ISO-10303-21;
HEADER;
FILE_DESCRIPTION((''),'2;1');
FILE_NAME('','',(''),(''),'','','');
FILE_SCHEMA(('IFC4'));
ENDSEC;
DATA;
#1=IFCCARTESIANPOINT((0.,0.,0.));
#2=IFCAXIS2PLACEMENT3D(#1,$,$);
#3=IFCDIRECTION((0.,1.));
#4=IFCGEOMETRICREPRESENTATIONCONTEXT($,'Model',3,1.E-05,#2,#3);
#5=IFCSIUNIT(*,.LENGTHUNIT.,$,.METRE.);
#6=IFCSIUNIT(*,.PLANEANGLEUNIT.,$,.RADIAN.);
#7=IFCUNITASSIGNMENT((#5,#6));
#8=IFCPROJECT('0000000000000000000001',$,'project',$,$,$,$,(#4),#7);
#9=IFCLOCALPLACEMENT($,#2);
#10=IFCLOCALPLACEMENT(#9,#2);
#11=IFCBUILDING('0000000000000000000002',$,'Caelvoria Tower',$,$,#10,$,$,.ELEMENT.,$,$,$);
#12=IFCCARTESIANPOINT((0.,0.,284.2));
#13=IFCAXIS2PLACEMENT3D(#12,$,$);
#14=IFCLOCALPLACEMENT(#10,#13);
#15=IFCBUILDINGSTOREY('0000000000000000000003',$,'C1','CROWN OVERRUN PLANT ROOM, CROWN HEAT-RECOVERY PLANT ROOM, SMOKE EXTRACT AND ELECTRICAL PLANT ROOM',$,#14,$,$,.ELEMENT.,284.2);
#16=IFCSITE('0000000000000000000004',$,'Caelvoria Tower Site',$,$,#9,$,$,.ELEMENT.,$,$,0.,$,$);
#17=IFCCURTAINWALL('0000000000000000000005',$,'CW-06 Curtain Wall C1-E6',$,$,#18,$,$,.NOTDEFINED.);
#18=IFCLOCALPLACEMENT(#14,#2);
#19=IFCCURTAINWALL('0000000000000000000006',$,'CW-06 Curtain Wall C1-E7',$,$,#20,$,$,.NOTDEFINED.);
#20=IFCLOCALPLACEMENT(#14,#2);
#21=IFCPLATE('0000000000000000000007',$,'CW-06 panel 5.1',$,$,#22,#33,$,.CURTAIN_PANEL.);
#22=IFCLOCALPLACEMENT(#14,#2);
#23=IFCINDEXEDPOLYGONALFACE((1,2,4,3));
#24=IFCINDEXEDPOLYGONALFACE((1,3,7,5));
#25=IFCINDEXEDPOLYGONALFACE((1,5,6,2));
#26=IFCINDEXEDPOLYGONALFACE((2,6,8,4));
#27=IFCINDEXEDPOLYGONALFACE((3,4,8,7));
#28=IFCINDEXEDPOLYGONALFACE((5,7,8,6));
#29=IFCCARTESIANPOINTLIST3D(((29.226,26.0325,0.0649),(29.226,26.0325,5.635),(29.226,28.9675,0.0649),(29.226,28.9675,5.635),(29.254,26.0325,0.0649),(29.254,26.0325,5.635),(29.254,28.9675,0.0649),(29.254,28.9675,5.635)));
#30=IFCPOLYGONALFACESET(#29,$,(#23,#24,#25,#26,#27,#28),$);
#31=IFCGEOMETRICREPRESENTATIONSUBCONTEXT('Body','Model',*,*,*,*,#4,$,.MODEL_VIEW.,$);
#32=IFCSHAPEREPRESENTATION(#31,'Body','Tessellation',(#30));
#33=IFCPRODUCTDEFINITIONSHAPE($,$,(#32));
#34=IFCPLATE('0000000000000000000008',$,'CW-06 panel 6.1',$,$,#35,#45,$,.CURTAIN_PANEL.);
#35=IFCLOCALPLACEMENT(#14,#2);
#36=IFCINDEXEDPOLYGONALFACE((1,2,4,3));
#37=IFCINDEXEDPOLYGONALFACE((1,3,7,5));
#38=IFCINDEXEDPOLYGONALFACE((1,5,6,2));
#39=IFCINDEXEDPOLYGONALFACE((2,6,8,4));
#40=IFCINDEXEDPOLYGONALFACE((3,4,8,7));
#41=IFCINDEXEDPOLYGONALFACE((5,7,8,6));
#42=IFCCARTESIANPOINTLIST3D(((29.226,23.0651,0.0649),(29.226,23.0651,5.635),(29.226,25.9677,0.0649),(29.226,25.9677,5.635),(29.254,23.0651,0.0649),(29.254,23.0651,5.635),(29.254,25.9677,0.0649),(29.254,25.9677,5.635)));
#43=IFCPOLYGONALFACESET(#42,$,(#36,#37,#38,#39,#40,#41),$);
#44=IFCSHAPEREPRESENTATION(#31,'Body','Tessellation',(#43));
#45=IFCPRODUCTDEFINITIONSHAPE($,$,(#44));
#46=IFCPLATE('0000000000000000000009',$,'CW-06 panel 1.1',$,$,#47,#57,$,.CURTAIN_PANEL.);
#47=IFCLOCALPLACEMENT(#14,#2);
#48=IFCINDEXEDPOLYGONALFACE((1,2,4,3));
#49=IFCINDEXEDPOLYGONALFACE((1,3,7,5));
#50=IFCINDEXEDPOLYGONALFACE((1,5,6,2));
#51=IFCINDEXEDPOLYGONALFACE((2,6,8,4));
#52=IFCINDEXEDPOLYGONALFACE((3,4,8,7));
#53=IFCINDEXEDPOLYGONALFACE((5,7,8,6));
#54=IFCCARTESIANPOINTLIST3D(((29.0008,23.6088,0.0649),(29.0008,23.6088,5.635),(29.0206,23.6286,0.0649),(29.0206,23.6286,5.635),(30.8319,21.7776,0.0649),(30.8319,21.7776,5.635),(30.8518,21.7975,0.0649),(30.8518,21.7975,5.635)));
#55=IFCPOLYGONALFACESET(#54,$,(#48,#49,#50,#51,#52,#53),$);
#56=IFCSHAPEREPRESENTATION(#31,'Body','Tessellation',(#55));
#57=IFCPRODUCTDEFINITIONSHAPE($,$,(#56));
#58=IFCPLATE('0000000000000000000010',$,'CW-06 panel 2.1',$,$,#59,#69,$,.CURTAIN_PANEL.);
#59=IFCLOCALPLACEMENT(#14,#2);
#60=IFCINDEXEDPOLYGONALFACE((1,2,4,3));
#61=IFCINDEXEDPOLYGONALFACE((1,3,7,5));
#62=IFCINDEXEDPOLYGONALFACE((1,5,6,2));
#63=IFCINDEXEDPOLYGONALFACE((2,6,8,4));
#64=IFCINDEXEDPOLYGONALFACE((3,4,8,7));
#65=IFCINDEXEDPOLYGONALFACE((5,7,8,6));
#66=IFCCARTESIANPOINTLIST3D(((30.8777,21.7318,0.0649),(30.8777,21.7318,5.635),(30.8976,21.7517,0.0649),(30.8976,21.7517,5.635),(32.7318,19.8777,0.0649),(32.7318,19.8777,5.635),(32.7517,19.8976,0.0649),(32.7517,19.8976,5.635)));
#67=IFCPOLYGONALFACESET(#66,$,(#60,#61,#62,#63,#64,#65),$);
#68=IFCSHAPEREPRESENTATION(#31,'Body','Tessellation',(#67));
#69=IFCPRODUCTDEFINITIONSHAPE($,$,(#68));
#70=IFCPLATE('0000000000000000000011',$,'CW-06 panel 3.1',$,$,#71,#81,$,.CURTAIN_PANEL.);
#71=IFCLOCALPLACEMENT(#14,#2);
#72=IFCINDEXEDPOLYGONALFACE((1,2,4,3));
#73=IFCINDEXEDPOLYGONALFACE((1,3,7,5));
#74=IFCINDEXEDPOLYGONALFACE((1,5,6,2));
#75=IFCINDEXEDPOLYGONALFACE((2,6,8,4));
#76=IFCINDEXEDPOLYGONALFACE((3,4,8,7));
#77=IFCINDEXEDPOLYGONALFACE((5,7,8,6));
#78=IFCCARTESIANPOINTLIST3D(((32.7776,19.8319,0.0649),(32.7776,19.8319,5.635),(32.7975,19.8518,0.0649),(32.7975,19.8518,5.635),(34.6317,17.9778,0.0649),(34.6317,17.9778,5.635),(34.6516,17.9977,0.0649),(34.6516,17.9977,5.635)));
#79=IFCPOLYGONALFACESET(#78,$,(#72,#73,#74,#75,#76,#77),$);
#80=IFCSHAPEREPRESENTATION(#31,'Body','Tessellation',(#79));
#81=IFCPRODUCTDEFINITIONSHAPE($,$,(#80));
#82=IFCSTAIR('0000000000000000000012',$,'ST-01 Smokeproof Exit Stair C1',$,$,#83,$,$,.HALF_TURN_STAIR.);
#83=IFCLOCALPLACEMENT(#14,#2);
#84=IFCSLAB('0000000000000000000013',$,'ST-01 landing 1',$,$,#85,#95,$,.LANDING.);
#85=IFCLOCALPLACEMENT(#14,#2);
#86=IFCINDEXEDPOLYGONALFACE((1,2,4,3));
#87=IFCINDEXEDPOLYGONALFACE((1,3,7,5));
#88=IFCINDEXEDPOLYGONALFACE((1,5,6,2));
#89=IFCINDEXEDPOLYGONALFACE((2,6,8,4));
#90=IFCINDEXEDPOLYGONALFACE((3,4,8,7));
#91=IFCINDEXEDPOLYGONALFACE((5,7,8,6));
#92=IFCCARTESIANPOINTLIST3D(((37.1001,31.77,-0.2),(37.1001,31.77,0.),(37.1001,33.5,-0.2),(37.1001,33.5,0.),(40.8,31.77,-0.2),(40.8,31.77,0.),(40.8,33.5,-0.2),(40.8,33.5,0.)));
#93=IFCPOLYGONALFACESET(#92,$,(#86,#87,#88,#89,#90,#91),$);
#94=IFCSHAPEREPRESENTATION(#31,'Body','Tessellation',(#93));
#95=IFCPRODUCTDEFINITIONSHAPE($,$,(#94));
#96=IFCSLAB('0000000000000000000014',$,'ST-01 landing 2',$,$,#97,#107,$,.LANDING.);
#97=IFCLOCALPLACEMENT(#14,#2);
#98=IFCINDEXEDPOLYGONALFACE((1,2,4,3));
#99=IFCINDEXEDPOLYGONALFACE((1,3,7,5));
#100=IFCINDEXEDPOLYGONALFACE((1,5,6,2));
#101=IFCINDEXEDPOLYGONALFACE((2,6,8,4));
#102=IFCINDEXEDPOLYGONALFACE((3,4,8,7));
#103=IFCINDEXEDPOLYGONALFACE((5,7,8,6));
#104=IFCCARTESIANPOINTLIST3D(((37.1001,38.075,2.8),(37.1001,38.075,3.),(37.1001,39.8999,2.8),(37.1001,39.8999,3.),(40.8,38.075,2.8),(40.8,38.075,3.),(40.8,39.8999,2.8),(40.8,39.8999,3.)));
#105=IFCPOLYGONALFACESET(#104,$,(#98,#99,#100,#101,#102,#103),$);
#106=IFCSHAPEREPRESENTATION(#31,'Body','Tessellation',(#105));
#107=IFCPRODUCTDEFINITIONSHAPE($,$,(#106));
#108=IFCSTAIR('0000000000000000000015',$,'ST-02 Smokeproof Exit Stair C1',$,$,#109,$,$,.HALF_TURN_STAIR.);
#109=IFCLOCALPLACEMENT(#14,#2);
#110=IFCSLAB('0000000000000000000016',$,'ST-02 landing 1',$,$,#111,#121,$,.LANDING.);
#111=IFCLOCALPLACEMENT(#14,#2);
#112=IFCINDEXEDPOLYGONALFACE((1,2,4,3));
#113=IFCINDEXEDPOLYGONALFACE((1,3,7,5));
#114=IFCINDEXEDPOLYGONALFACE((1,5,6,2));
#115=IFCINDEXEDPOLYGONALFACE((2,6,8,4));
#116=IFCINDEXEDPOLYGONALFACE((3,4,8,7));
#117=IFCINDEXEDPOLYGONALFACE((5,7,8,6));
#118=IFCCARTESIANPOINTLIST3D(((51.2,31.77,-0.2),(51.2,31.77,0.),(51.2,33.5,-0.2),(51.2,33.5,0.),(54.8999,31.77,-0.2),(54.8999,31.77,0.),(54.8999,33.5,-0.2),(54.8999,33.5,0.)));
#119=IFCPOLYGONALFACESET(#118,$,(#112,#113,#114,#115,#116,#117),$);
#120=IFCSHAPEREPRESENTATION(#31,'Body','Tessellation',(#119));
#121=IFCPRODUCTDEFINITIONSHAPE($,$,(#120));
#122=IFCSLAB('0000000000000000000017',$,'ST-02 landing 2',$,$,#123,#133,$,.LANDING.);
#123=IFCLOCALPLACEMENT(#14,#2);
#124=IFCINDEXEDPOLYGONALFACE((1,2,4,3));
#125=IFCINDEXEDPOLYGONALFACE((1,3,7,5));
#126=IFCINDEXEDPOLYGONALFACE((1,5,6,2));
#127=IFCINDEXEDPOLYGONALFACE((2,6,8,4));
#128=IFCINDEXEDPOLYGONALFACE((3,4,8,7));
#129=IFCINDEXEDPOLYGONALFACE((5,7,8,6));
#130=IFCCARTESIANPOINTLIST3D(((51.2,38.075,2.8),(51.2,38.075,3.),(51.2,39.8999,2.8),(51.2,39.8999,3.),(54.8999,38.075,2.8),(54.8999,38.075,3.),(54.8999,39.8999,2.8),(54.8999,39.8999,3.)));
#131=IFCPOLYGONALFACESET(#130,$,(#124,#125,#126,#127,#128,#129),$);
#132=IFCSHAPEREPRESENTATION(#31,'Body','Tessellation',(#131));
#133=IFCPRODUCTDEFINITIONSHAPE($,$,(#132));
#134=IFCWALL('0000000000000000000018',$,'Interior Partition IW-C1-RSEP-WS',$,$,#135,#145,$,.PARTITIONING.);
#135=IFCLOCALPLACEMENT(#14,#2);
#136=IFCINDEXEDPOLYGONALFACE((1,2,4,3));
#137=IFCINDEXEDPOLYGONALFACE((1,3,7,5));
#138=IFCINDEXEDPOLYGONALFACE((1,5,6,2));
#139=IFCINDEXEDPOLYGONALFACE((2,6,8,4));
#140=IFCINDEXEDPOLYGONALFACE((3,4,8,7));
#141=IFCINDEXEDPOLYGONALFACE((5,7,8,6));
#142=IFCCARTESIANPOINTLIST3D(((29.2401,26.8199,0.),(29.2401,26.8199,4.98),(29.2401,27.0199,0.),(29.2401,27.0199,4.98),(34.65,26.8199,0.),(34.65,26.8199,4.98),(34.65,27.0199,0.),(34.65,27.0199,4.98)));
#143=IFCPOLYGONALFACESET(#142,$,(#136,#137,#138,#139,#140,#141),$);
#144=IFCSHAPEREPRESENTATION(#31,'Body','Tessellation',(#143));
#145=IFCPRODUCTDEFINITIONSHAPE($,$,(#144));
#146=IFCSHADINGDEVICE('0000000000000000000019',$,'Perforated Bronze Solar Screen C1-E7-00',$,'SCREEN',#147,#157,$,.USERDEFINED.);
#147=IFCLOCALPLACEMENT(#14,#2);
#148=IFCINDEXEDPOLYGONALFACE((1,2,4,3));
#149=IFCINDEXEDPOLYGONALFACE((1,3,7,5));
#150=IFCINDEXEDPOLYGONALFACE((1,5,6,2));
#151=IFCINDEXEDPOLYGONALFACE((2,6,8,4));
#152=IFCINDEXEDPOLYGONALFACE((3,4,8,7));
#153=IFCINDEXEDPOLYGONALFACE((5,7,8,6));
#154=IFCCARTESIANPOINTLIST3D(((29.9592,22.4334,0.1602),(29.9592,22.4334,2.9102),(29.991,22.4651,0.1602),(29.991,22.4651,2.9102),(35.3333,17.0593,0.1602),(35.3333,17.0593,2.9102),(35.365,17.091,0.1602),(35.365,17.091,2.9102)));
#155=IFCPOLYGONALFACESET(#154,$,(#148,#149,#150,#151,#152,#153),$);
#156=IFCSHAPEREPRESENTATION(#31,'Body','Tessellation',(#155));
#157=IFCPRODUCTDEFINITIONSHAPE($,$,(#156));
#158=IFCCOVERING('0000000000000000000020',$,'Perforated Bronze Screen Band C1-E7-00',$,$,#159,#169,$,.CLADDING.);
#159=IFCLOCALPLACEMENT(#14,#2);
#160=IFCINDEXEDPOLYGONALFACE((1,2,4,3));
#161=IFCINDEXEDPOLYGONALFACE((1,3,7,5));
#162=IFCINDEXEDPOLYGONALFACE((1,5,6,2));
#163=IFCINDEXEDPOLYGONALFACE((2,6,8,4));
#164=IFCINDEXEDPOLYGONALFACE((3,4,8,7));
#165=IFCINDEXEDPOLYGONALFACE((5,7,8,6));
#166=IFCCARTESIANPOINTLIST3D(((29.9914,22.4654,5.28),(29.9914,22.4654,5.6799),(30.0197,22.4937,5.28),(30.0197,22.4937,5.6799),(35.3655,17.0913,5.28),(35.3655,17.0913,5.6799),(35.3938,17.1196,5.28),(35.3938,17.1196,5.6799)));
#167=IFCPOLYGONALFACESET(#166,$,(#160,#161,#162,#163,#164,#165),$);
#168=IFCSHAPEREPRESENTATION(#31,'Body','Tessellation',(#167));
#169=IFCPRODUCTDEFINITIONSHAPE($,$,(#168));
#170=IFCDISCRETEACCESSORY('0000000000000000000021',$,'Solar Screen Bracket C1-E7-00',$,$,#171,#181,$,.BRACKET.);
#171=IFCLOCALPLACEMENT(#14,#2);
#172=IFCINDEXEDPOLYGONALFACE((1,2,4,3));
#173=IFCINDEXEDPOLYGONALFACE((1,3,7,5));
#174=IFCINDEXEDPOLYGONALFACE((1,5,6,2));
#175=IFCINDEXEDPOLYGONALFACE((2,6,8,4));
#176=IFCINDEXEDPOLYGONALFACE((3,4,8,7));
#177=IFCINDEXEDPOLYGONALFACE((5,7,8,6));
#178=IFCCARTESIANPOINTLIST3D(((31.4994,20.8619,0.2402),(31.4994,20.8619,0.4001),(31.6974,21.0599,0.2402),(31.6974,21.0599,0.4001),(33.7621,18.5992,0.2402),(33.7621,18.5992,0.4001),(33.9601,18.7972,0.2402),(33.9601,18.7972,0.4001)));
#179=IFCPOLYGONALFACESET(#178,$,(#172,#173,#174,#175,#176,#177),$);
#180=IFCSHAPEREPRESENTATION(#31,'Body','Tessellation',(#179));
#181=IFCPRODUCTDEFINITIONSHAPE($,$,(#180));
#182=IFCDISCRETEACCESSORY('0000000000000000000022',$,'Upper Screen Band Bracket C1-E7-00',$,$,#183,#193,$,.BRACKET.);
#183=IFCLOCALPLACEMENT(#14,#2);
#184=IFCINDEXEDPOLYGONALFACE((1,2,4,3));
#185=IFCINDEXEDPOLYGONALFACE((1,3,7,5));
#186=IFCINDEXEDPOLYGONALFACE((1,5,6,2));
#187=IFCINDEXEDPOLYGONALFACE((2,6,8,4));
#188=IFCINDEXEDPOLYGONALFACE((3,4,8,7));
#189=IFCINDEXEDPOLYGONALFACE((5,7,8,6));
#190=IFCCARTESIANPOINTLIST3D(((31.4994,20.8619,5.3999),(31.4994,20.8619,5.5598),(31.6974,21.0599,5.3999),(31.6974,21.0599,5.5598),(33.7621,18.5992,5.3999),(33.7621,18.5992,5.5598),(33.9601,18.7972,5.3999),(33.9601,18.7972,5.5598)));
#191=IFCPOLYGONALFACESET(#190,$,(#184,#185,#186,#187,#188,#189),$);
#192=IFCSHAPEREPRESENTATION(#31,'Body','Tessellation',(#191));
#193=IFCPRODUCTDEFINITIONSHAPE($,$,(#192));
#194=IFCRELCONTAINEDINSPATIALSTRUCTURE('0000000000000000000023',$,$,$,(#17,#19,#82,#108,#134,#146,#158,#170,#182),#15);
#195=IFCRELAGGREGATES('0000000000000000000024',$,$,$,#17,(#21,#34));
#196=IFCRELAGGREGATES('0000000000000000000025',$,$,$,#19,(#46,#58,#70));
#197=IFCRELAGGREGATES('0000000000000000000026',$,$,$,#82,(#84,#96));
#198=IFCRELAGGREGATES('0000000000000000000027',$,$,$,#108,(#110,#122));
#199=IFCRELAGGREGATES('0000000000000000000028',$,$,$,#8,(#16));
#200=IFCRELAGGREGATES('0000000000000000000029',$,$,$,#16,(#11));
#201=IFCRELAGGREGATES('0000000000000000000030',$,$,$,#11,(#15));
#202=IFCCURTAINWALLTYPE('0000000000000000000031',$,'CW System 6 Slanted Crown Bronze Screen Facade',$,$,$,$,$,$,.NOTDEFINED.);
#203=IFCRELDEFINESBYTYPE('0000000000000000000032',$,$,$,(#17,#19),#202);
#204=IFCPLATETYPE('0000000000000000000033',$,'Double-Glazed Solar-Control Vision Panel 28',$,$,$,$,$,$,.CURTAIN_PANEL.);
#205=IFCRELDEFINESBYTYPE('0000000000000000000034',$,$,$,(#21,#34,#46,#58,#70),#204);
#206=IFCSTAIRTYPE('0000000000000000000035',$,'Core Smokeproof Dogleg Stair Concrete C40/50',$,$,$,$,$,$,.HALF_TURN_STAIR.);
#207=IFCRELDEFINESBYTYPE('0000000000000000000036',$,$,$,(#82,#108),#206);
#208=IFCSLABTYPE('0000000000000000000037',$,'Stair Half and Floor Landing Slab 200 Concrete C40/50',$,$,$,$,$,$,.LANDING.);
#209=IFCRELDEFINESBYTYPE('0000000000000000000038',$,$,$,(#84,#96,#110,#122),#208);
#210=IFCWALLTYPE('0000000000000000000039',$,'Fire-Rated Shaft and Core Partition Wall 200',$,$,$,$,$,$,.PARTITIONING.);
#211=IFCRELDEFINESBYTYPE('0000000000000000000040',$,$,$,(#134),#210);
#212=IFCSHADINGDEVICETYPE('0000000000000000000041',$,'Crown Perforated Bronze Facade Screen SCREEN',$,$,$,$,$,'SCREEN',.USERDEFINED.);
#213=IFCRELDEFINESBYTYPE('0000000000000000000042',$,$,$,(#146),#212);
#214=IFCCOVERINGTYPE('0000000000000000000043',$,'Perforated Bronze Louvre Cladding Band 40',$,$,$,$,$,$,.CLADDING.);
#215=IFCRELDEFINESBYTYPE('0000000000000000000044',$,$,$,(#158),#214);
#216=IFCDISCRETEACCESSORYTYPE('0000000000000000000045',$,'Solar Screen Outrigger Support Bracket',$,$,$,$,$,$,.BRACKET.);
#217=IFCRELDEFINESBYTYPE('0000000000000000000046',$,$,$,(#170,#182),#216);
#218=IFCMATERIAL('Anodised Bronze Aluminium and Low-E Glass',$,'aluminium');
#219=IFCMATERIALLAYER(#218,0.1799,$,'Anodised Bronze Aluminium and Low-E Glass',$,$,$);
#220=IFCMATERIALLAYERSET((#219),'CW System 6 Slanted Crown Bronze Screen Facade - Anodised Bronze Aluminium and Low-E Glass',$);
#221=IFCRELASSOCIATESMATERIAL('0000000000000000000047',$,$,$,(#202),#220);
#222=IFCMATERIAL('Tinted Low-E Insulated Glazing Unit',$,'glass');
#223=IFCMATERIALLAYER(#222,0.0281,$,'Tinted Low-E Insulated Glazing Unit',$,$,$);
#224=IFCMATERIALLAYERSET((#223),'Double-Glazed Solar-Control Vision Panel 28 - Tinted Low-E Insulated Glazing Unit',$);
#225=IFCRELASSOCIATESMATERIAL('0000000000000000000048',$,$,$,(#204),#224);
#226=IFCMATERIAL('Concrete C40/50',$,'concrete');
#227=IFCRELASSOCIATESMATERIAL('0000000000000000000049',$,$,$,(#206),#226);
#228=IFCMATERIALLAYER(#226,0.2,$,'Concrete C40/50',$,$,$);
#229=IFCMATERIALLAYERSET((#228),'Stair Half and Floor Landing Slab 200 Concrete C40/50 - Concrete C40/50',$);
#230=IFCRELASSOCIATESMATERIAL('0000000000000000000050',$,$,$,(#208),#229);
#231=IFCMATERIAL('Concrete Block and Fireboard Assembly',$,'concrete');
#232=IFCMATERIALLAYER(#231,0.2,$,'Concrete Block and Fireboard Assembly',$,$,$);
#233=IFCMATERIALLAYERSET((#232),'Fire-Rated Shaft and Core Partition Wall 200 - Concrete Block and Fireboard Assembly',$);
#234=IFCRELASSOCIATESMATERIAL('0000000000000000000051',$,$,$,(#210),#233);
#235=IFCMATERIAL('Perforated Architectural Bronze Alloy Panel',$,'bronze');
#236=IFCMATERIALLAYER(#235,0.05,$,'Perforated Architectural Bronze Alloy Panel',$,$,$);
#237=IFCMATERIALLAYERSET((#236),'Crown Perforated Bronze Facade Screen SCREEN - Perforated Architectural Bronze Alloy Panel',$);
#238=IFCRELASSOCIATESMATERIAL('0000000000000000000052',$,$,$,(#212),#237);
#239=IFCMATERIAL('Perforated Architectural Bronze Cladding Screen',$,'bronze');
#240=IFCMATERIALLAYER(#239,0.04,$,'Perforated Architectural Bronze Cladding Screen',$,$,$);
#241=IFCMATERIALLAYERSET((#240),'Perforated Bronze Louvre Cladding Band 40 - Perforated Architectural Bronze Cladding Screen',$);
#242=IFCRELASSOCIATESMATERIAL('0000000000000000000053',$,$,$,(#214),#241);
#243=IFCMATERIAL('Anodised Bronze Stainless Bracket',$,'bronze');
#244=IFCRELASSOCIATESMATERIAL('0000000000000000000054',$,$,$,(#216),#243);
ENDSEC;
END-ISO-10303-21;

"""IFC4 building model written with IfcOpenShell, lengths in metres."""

from ifc_helpers import new_model, si_unit, direction, frame, frame_2d, origin, origin_2d, place, context, subcontext, project, spatial, polyline, rectangle, outline, extrude, material, layer, layer_set, type_object, element, aggregate, save


model = new_model("IFC4")

# Units and contexts
model_context = context("Model", 3, precision=1e-05, world=origin(), true_north=direction((0.0, 1.0)))
body_context = subcontext(model_context, "Body", "Model", "MODEL_VIEW")
ifc_project = project(units=[si_unit("LENGTHUNIT", "METRE"), si_unit("PLANEANGLEUNIT", "RADIAN")], contexts=[model_context])

# Site, building, storey
site_placement = place(None, origin())
site = spatial("IfcSite", under=ifc_project, at=site_placement, Name="Caelvoria Tower Site", CompositionType="ELEMENT", RefElevation=0.0)
building_placement = place(site_placement, origin())
building = spatial("IfcBuilding", under=site, at=building_placement, Name="Caelvoria Tower", CompositionType="ELEMENT")
storey_placement = place(building_placement, frame((0.0, 0.0, 284.2)))
storey = spatial("IfcBuildingStorey", under=building, at=storey_placement, Name="C1", Description="CROWN OVERRUN PLANT ROOM, CROWN HEAT-RECOVERY PLANT ROOM, SMOKE EXTRACT AND ELECTRICAL PLANT ROOM", CompositionType="ELEMENT", Elevation=284.2)

# Curtain walls
ifc_material_1 = material(Name="Anodised Bronze Aluminium and Low-E Glass", Category="aluminium")
ifc_layer_1 = layer(ifc_material_1, 0.1799, Name="Anodised Bronze Aluminium and Low-E Glass")
ifc_layer_set_1 = layer_set([ifc_layer_1], Name="CW System 6 Slanted Crown Bronze Screen Facade - Anodised Bronze Aluminium and Low-E Glass")
curtain_wall_type = type_object("IfcCurtainWallType", Name="CW System 6 Slanted Crown Bronze Screen Facade", PredefinedType="NOTDEFINED", material=ifc_layer_set_1)
curtain_wall_1_placement = place(storey_placement, origin())
curtain_wall_1 = element("IfcCurtainWall", 1, at=curtain_wall_1_placement, inside=storey, type_object=curtain_wall_type, Name="CW-06 Curtain Wall C1-E6", PredefinedType="NOTDEFINED")
curtain_wall_2_placement = place(storey_placement, origin())
curtain_wall_2 = element("IfcCurtainWall", 2, at=curtain_wall_2_placement, inside=storey, type_object=curtain_wall_type, Name="CW-06 Curtain Wall C1-E7", PredefinedType="NOTDEFINED")

# Shared definitions
ifc_material_2 = material(Name="Concrete C40/50", Category="concrete")

# Plates
ifc_material_3 = material(Name="Tinted Low-E Insulated Glazing Unit", Category="glass")
ifc_layer_2 = layer(ifc_material_3, 0.0281, Name="Tinted Low-E Insulated Glazing Unit")
ifc_layer_set_2 = layer_set([ifc_layer_2], Name="Double-Glazed Solar-Control Vision Panel 28 - Tinted Low-E Insulated Glazing Unit")
plate_type = type_object("IfcPlateType", Name="Double-Glazed Solar-Control Vision Panel 28", PredefinedType="CURTAIN_PANEL", material=ifc_layer_set_2)
plate_1_placement = place(storey_placement, frame((29.24, 27.5, 0.0649), z_axis=(0.0, 0.0, 1.0), x_axis=(0.0, -1.0, 0.0)))
plate_1 = element("IfcPlate", 3, at=plate_1_placement, type_object=plate_type, Name="CW-06 panel 5.1", PredefinedType="CURTAIN_PANEL", context=body_context, shape_type="SweptSolid", body=[
    extrude(rectangle(XDim=2.9351, YDim=0.0281, at=origin_2d()), origin(), (0.0, 0.0, 1.0), 5.5701),
])
plate_2_placement = place(storey_placement, frame((29.24, 24.5164, 0.0649), z_axis=(0.0, 0.0, 1.0), x_axis=(0.0, -1.0, 0.0)))
plate_2 = element("IfcPlate", 4, at=plate_2_placement, type_object=plate_type, Name="CW-06 panel 6.1", PredefinedType="CURTAIN_PANEL", context=body_context, shape_type="SweptSolid", body=[
    extrude(rectangle(XDim=2.9026, YDim=0.0281, at=origin_2d()), origin(), (0.0, 0.0, 1.0), 5.5701),
])
aggregate(curtain_wall_1, [plate_1, plate_2])
plate_3_placement = place(storey_placement, frame((29.9263, 22.7031, 0.0649), z_axis=(0.0, 0.0, 1.0), x_axis=(0.707107, -0.707107, 0.0)))
plate_3 = element("IfcPlate", 5, at=plate_3_placement, type_object=plate_type, Name="CW-06 panel 1.1", PredefinedType="CURTAIN_PANEL", context=body_context, shape_type="SweptSolid", body=[
    extrude(rectangle(XDim=2.5896, YDim=0.0281, at=origin_2d()), origin(), (0.0, 0.0, 1.0), 5.5701),
])
plate_4_placement = place(storey_placement, frame((31.8147, 20.8147, 0.0649), z_axis=(0.0, 0.0, 1.0), x_axis=(0.707107, -0.707107, 0.0)))
plate_4 = element("IfcPlate", 6, at=plate_4_placement, type_object=plate_type, Name="CW-06 panel 2.1", PredefinedType="CURTAIN_PANEL", context=body_context, shape_type="SweptSolid", body=[
    extrude(rectangle(XDim=2.6221, YDim=0.0281, at=origin_2d()), origin(), (0.0, 0.0, 1.0), 5.5701),
])
plate_5_placement = place(storey_placement, frame((33.7146, 18.9148, 0.0649), z_axis=(0.0, 0.0, 1.0), x_axis=(0.707107, -0.707107, 0.0)))
plate_5 = element("IfcPlate", 7, at=plate_5_placement, type_object=plate_type, Name="CW-06 panel 3.1", PredefinedType="CURTAIN_PANEL", context=body_context, shape_type="SweptSolid", body=[
    extrude(rectangle(XDim=2.6221, YDim=0.0281, at=origin_2d()), origin(), (0.0, 0.0, 1.0), 5.5701),
])
aggregate(curtain_wall_2, [plate_3, plate_4, plate_5])

# Stairs, slabs
stair_type = type_object("IfcStairType", Name="Core Smokeproof Dogleg Stair Concrete C40/50", PredefinedType="HALF_TURN_STAIR", material=ifc_material_2)
stair_1_placement = place(storey_placement, origin())
stair_1 = element("IfcStair", 8, at=stair_1_placement, inside=storey, type_object=stair_type, Name="ST-01 Smokeproof Exit Stair C1", PredefinedType="HALF_TURN_STAIR")
ifc_layer_3 = layer(ifc_material_2, 0.2, Name="Concrete C40/50")
ifc_layer_set_3 = layer_set([ifc_layer_3], Name="Stair Half and Floor Landing Slab 200 Concrete C40/50 - Concrete C40/50")
slab_type_1 = type_object("IfcSlabType", Name="Stair Half and Floor Landing Slab 200 Concrete C40/50", PredefinedType="LANDING", material=ifc_layer_set_3)
slab_1_placement = place(storey_placement, frame((0.0, 0.0, -0.2)))
slab_1 = element("IfcSlab", 9, at=slab_1_placement, type_object=slab_type_1, Name="ST-01 landing 1", PredefinedType="LANDING", context=body_context, shape_type="SweptSolid", body=[
    extrude(outline(polyline([(37.1001, 31.77), (40.8, 31.77), (40.8, 33.5), (37.1001, 33.5), (37.1001, 31.77)])), origin(), (0.0, 0.0, 1.0), 0.2),
])
slab_2_placement = place(storey_placement, frame((0.0, 0.0, 2.8)))
slab_2 = element("IfcSlab", 10, at=slab_2_placement, type_object=slab_type_1, Name="ST-01 landing 2", PredefinedType="LANDING", context=body_context, shape_type="SweptSolid", body=[
    extrude(outline(polyline([(37.1001, 38.075), (40.8, 38.075), (40.8, 39.8999), (37.1001, 39.8999), (37.1001, 38.075)])), origin(), (0.0, 0.0, 1.0), 0.2),
])
aggregate(stair_1, [slab_1, slab_2])
stair_2_placement = place(storey_placement, origin())
stair_2 = element("IfcStair", 11, at=stair_2_placement, inside=storey, type_object=stair_type, Name="ST-02 Smokeproof Exit Stair C1", PredefinedType="HALF_TURN_STAIR")
slab_3_placement = place(storey_placement, frame((0.0, 0.0, -0.2)))
slab_3 = element("IfcSlab", 12, at=slab_3_placement, type_object=slab_type_1, Name="ST-02 landing 1", PredefinedType="LANDING", context=body_context, shape_type="SweptSolid", body=[
    extrude(outline(polyline([(51.2, 31.77), (54.8999, 31.77), (54.8999, 33.5), (51.2, 33.5), (51.2, 31.77)])), origin(), (0.0, 0.0, 1.0), 0.2),
])
slab_4_placement = place(storey_placement, frame((0.0, 0.0, 2.8)))
slab_4 = element("IfcSlab", 13, at=slab_4_placement, type_object=slab_type_1, Name="ST-02 landing 2", PredefinedType="LANDING", context=body_context, shape_type="SweptSolid", body=[
    extrude(outline(polyline([(51.2, 38.075), (54.8999, 38.075), (54.8999, 39.8999), (51.2, 39.8999), (51.2, 38.075)])), origin(), (0.0, 0.0, 1.0), 0.2),
])
aggregate(stair_2, [slab_3, slab_4])

# Wall
ifc_material_4 = material(Name="Concrete Block and Fireboard Assembly", Category="concrete")
ifc_layer_4 = layer(ifc_material_4, 0.2, Name="Concrete Block and Fireboard Assembly")
ifc_layer_set_4 = layer_set([ifc_layer_4], Name="Fire-Rated Shaft and Core Partition Wall 200 - Concrete Block and Fireboard Assembly")
wall_type = type_object("IfcWallType", Name="Fire-Rated Shaft and Core Partition Wall 200", PredefinedType="PARTITIONING", material=ifc_layer_set_4)
wall_placement = place(storey_placement, frame((29.24, 26.9199, 0.0), z_axis=(0.0, 0.0, 1.0), x_axis=(1.0, 0.0, 0.0)))
element("IfcWall", 14, at=wall_placement, inside=storey, type_object=wall_type, Name="Interior Partition IW-C1-RSEP-WS", PredefinedType="PARTITIONING", context=body_context, shape_type="SweptSolid", body=[
    extrude(rectangle(XDim=5.4099, YDim=0.2, at=frame_2d((2.7051, 0.0))), origin(), (0.0, 0.0, 1.0), 4.98),
])

# Shading device
ifc_material_5 = material(Name="Perforated Architectural Bronze Alloy Panel", Category="bronze")
ifc_layer_5 = layer(ifc_material_5, 0.05, Name="Perforated Architectural Bronze Alloy Panel")
ifc_layer_set_5 = layer_set([ifc_layer_5], Name="Crown Perforated Bronze Facade Screen SCREEN - Perforated Architectural Bronze Alloy Panel")
shading_device_type = type_object("IfcShadingDeviceType", Name="Crown Perforated Bronze Facade Screen SCREEN", ElementType="SCREEN", PredefinedType="USERDEFINED", material=ifc_layer_set_5)
shading_device_placement = place(storey_placement, frame((32.6621, 19.7622, 0.1602), z_axis=(0.0, 0.0, 1.0), x_axis=(0.707107, -0.707107, 0.0)))
element("IfcShadingDevice", 15, at=shading_device_placement, inside=storey, type_object=shading_device_type, Name="Perforated Bronze Solar Screen C1-E7-00", ObjectType="SCREEN", PredefinedType="USERDEFINED", context=body_context, shape_type="SweptSolid", body=[
    extrude(rectangle(XDim=7.6001, YDim=0.0449, at=origin_2d()), origin(), (0.0, 0.0, 1.0), 2.75),
])

# Covering
ifc_material_6 = material(Name="Perforated Architectural Bronze Cladding Screen", Category="bronze")
ifc_layer_6 = layer(ifc_material_6, 0.04, Name="Perforated Architectural Bronze Cladding Screen")
ifc_layer_set_6 = layer_set([ifc_layer_6], Name="Perforated Bronze Louvre Cladding Band 40 - Perforated Architectural Bronze Cladding Screen")
covering_type = type_object("IfcCoveringType", Name="Perforated Bronze Louvre Cladding Band 40", PredefinedType="CLADDING", material=ifc_layer_set_6)
covering_placement = place(storey_placement, frame((32.6926, 19.7925, 5.28), z_axis=(0.0, 0.0, 1.0), x_axis=(0.707107, -0.707107, 0.0)))
element("IfcCovering", 16, at=covering_placement, inside=storey, type_object=covering_type, Name="Perforated Bronze Screen Band C1-E7-00", PredefinedType="CLADDING", context=body_context, shape_type="SweptSolid", body=[
    extrude(rectangle(XDim=7.6001, YDim=0.04, at=origin_2d()), origin(), (0.0, 0.0, 1.0), 0.3999),
])

# Discrete accessories
ifc_material_7 = material(Name="Anodised Bronze Stainless Bracket", Category="bronze")
discrete_accessory_type = type_object("IfcDiscreteAccessoryType", Name="Solar Screen Outrigger Support Bracket", PredefinedType="BRACKET", material=ifc_material_7)
for number, where, z_axis, x_axis, name in (
    (17, (32.7297, 19.8296, 0.2402), (0.0, 0.0, 1.0), (0.707107, -0.707107, 0.0), "Solar Screen Bracket C1-E7-00"),
    (18, (32.7297, 19.8296, 5.3999), (0.0, 0.0, 1.0), (0.707107, -0.707107, 0.0), "Upper Screen Band Bracket C1-E7-00"),
):
    element("IfcDiscreteAccessory", number, at=place(storey_placement, frame(where, z_axis=z_axis, x_axis=x_axis)), inside=storey, type_object=discrete_accessory_type, Name=name, PredefinedType="BRACKET", context=body_context, shape_type="SweptSolid", body=[
        extrude(rectangle(XDim=3.2, YDim=0.28, at=origin_2d()), origin(), (0.0, 0.0, 1.0), 0.1599),
    ])

save(model, "model.ifc")
